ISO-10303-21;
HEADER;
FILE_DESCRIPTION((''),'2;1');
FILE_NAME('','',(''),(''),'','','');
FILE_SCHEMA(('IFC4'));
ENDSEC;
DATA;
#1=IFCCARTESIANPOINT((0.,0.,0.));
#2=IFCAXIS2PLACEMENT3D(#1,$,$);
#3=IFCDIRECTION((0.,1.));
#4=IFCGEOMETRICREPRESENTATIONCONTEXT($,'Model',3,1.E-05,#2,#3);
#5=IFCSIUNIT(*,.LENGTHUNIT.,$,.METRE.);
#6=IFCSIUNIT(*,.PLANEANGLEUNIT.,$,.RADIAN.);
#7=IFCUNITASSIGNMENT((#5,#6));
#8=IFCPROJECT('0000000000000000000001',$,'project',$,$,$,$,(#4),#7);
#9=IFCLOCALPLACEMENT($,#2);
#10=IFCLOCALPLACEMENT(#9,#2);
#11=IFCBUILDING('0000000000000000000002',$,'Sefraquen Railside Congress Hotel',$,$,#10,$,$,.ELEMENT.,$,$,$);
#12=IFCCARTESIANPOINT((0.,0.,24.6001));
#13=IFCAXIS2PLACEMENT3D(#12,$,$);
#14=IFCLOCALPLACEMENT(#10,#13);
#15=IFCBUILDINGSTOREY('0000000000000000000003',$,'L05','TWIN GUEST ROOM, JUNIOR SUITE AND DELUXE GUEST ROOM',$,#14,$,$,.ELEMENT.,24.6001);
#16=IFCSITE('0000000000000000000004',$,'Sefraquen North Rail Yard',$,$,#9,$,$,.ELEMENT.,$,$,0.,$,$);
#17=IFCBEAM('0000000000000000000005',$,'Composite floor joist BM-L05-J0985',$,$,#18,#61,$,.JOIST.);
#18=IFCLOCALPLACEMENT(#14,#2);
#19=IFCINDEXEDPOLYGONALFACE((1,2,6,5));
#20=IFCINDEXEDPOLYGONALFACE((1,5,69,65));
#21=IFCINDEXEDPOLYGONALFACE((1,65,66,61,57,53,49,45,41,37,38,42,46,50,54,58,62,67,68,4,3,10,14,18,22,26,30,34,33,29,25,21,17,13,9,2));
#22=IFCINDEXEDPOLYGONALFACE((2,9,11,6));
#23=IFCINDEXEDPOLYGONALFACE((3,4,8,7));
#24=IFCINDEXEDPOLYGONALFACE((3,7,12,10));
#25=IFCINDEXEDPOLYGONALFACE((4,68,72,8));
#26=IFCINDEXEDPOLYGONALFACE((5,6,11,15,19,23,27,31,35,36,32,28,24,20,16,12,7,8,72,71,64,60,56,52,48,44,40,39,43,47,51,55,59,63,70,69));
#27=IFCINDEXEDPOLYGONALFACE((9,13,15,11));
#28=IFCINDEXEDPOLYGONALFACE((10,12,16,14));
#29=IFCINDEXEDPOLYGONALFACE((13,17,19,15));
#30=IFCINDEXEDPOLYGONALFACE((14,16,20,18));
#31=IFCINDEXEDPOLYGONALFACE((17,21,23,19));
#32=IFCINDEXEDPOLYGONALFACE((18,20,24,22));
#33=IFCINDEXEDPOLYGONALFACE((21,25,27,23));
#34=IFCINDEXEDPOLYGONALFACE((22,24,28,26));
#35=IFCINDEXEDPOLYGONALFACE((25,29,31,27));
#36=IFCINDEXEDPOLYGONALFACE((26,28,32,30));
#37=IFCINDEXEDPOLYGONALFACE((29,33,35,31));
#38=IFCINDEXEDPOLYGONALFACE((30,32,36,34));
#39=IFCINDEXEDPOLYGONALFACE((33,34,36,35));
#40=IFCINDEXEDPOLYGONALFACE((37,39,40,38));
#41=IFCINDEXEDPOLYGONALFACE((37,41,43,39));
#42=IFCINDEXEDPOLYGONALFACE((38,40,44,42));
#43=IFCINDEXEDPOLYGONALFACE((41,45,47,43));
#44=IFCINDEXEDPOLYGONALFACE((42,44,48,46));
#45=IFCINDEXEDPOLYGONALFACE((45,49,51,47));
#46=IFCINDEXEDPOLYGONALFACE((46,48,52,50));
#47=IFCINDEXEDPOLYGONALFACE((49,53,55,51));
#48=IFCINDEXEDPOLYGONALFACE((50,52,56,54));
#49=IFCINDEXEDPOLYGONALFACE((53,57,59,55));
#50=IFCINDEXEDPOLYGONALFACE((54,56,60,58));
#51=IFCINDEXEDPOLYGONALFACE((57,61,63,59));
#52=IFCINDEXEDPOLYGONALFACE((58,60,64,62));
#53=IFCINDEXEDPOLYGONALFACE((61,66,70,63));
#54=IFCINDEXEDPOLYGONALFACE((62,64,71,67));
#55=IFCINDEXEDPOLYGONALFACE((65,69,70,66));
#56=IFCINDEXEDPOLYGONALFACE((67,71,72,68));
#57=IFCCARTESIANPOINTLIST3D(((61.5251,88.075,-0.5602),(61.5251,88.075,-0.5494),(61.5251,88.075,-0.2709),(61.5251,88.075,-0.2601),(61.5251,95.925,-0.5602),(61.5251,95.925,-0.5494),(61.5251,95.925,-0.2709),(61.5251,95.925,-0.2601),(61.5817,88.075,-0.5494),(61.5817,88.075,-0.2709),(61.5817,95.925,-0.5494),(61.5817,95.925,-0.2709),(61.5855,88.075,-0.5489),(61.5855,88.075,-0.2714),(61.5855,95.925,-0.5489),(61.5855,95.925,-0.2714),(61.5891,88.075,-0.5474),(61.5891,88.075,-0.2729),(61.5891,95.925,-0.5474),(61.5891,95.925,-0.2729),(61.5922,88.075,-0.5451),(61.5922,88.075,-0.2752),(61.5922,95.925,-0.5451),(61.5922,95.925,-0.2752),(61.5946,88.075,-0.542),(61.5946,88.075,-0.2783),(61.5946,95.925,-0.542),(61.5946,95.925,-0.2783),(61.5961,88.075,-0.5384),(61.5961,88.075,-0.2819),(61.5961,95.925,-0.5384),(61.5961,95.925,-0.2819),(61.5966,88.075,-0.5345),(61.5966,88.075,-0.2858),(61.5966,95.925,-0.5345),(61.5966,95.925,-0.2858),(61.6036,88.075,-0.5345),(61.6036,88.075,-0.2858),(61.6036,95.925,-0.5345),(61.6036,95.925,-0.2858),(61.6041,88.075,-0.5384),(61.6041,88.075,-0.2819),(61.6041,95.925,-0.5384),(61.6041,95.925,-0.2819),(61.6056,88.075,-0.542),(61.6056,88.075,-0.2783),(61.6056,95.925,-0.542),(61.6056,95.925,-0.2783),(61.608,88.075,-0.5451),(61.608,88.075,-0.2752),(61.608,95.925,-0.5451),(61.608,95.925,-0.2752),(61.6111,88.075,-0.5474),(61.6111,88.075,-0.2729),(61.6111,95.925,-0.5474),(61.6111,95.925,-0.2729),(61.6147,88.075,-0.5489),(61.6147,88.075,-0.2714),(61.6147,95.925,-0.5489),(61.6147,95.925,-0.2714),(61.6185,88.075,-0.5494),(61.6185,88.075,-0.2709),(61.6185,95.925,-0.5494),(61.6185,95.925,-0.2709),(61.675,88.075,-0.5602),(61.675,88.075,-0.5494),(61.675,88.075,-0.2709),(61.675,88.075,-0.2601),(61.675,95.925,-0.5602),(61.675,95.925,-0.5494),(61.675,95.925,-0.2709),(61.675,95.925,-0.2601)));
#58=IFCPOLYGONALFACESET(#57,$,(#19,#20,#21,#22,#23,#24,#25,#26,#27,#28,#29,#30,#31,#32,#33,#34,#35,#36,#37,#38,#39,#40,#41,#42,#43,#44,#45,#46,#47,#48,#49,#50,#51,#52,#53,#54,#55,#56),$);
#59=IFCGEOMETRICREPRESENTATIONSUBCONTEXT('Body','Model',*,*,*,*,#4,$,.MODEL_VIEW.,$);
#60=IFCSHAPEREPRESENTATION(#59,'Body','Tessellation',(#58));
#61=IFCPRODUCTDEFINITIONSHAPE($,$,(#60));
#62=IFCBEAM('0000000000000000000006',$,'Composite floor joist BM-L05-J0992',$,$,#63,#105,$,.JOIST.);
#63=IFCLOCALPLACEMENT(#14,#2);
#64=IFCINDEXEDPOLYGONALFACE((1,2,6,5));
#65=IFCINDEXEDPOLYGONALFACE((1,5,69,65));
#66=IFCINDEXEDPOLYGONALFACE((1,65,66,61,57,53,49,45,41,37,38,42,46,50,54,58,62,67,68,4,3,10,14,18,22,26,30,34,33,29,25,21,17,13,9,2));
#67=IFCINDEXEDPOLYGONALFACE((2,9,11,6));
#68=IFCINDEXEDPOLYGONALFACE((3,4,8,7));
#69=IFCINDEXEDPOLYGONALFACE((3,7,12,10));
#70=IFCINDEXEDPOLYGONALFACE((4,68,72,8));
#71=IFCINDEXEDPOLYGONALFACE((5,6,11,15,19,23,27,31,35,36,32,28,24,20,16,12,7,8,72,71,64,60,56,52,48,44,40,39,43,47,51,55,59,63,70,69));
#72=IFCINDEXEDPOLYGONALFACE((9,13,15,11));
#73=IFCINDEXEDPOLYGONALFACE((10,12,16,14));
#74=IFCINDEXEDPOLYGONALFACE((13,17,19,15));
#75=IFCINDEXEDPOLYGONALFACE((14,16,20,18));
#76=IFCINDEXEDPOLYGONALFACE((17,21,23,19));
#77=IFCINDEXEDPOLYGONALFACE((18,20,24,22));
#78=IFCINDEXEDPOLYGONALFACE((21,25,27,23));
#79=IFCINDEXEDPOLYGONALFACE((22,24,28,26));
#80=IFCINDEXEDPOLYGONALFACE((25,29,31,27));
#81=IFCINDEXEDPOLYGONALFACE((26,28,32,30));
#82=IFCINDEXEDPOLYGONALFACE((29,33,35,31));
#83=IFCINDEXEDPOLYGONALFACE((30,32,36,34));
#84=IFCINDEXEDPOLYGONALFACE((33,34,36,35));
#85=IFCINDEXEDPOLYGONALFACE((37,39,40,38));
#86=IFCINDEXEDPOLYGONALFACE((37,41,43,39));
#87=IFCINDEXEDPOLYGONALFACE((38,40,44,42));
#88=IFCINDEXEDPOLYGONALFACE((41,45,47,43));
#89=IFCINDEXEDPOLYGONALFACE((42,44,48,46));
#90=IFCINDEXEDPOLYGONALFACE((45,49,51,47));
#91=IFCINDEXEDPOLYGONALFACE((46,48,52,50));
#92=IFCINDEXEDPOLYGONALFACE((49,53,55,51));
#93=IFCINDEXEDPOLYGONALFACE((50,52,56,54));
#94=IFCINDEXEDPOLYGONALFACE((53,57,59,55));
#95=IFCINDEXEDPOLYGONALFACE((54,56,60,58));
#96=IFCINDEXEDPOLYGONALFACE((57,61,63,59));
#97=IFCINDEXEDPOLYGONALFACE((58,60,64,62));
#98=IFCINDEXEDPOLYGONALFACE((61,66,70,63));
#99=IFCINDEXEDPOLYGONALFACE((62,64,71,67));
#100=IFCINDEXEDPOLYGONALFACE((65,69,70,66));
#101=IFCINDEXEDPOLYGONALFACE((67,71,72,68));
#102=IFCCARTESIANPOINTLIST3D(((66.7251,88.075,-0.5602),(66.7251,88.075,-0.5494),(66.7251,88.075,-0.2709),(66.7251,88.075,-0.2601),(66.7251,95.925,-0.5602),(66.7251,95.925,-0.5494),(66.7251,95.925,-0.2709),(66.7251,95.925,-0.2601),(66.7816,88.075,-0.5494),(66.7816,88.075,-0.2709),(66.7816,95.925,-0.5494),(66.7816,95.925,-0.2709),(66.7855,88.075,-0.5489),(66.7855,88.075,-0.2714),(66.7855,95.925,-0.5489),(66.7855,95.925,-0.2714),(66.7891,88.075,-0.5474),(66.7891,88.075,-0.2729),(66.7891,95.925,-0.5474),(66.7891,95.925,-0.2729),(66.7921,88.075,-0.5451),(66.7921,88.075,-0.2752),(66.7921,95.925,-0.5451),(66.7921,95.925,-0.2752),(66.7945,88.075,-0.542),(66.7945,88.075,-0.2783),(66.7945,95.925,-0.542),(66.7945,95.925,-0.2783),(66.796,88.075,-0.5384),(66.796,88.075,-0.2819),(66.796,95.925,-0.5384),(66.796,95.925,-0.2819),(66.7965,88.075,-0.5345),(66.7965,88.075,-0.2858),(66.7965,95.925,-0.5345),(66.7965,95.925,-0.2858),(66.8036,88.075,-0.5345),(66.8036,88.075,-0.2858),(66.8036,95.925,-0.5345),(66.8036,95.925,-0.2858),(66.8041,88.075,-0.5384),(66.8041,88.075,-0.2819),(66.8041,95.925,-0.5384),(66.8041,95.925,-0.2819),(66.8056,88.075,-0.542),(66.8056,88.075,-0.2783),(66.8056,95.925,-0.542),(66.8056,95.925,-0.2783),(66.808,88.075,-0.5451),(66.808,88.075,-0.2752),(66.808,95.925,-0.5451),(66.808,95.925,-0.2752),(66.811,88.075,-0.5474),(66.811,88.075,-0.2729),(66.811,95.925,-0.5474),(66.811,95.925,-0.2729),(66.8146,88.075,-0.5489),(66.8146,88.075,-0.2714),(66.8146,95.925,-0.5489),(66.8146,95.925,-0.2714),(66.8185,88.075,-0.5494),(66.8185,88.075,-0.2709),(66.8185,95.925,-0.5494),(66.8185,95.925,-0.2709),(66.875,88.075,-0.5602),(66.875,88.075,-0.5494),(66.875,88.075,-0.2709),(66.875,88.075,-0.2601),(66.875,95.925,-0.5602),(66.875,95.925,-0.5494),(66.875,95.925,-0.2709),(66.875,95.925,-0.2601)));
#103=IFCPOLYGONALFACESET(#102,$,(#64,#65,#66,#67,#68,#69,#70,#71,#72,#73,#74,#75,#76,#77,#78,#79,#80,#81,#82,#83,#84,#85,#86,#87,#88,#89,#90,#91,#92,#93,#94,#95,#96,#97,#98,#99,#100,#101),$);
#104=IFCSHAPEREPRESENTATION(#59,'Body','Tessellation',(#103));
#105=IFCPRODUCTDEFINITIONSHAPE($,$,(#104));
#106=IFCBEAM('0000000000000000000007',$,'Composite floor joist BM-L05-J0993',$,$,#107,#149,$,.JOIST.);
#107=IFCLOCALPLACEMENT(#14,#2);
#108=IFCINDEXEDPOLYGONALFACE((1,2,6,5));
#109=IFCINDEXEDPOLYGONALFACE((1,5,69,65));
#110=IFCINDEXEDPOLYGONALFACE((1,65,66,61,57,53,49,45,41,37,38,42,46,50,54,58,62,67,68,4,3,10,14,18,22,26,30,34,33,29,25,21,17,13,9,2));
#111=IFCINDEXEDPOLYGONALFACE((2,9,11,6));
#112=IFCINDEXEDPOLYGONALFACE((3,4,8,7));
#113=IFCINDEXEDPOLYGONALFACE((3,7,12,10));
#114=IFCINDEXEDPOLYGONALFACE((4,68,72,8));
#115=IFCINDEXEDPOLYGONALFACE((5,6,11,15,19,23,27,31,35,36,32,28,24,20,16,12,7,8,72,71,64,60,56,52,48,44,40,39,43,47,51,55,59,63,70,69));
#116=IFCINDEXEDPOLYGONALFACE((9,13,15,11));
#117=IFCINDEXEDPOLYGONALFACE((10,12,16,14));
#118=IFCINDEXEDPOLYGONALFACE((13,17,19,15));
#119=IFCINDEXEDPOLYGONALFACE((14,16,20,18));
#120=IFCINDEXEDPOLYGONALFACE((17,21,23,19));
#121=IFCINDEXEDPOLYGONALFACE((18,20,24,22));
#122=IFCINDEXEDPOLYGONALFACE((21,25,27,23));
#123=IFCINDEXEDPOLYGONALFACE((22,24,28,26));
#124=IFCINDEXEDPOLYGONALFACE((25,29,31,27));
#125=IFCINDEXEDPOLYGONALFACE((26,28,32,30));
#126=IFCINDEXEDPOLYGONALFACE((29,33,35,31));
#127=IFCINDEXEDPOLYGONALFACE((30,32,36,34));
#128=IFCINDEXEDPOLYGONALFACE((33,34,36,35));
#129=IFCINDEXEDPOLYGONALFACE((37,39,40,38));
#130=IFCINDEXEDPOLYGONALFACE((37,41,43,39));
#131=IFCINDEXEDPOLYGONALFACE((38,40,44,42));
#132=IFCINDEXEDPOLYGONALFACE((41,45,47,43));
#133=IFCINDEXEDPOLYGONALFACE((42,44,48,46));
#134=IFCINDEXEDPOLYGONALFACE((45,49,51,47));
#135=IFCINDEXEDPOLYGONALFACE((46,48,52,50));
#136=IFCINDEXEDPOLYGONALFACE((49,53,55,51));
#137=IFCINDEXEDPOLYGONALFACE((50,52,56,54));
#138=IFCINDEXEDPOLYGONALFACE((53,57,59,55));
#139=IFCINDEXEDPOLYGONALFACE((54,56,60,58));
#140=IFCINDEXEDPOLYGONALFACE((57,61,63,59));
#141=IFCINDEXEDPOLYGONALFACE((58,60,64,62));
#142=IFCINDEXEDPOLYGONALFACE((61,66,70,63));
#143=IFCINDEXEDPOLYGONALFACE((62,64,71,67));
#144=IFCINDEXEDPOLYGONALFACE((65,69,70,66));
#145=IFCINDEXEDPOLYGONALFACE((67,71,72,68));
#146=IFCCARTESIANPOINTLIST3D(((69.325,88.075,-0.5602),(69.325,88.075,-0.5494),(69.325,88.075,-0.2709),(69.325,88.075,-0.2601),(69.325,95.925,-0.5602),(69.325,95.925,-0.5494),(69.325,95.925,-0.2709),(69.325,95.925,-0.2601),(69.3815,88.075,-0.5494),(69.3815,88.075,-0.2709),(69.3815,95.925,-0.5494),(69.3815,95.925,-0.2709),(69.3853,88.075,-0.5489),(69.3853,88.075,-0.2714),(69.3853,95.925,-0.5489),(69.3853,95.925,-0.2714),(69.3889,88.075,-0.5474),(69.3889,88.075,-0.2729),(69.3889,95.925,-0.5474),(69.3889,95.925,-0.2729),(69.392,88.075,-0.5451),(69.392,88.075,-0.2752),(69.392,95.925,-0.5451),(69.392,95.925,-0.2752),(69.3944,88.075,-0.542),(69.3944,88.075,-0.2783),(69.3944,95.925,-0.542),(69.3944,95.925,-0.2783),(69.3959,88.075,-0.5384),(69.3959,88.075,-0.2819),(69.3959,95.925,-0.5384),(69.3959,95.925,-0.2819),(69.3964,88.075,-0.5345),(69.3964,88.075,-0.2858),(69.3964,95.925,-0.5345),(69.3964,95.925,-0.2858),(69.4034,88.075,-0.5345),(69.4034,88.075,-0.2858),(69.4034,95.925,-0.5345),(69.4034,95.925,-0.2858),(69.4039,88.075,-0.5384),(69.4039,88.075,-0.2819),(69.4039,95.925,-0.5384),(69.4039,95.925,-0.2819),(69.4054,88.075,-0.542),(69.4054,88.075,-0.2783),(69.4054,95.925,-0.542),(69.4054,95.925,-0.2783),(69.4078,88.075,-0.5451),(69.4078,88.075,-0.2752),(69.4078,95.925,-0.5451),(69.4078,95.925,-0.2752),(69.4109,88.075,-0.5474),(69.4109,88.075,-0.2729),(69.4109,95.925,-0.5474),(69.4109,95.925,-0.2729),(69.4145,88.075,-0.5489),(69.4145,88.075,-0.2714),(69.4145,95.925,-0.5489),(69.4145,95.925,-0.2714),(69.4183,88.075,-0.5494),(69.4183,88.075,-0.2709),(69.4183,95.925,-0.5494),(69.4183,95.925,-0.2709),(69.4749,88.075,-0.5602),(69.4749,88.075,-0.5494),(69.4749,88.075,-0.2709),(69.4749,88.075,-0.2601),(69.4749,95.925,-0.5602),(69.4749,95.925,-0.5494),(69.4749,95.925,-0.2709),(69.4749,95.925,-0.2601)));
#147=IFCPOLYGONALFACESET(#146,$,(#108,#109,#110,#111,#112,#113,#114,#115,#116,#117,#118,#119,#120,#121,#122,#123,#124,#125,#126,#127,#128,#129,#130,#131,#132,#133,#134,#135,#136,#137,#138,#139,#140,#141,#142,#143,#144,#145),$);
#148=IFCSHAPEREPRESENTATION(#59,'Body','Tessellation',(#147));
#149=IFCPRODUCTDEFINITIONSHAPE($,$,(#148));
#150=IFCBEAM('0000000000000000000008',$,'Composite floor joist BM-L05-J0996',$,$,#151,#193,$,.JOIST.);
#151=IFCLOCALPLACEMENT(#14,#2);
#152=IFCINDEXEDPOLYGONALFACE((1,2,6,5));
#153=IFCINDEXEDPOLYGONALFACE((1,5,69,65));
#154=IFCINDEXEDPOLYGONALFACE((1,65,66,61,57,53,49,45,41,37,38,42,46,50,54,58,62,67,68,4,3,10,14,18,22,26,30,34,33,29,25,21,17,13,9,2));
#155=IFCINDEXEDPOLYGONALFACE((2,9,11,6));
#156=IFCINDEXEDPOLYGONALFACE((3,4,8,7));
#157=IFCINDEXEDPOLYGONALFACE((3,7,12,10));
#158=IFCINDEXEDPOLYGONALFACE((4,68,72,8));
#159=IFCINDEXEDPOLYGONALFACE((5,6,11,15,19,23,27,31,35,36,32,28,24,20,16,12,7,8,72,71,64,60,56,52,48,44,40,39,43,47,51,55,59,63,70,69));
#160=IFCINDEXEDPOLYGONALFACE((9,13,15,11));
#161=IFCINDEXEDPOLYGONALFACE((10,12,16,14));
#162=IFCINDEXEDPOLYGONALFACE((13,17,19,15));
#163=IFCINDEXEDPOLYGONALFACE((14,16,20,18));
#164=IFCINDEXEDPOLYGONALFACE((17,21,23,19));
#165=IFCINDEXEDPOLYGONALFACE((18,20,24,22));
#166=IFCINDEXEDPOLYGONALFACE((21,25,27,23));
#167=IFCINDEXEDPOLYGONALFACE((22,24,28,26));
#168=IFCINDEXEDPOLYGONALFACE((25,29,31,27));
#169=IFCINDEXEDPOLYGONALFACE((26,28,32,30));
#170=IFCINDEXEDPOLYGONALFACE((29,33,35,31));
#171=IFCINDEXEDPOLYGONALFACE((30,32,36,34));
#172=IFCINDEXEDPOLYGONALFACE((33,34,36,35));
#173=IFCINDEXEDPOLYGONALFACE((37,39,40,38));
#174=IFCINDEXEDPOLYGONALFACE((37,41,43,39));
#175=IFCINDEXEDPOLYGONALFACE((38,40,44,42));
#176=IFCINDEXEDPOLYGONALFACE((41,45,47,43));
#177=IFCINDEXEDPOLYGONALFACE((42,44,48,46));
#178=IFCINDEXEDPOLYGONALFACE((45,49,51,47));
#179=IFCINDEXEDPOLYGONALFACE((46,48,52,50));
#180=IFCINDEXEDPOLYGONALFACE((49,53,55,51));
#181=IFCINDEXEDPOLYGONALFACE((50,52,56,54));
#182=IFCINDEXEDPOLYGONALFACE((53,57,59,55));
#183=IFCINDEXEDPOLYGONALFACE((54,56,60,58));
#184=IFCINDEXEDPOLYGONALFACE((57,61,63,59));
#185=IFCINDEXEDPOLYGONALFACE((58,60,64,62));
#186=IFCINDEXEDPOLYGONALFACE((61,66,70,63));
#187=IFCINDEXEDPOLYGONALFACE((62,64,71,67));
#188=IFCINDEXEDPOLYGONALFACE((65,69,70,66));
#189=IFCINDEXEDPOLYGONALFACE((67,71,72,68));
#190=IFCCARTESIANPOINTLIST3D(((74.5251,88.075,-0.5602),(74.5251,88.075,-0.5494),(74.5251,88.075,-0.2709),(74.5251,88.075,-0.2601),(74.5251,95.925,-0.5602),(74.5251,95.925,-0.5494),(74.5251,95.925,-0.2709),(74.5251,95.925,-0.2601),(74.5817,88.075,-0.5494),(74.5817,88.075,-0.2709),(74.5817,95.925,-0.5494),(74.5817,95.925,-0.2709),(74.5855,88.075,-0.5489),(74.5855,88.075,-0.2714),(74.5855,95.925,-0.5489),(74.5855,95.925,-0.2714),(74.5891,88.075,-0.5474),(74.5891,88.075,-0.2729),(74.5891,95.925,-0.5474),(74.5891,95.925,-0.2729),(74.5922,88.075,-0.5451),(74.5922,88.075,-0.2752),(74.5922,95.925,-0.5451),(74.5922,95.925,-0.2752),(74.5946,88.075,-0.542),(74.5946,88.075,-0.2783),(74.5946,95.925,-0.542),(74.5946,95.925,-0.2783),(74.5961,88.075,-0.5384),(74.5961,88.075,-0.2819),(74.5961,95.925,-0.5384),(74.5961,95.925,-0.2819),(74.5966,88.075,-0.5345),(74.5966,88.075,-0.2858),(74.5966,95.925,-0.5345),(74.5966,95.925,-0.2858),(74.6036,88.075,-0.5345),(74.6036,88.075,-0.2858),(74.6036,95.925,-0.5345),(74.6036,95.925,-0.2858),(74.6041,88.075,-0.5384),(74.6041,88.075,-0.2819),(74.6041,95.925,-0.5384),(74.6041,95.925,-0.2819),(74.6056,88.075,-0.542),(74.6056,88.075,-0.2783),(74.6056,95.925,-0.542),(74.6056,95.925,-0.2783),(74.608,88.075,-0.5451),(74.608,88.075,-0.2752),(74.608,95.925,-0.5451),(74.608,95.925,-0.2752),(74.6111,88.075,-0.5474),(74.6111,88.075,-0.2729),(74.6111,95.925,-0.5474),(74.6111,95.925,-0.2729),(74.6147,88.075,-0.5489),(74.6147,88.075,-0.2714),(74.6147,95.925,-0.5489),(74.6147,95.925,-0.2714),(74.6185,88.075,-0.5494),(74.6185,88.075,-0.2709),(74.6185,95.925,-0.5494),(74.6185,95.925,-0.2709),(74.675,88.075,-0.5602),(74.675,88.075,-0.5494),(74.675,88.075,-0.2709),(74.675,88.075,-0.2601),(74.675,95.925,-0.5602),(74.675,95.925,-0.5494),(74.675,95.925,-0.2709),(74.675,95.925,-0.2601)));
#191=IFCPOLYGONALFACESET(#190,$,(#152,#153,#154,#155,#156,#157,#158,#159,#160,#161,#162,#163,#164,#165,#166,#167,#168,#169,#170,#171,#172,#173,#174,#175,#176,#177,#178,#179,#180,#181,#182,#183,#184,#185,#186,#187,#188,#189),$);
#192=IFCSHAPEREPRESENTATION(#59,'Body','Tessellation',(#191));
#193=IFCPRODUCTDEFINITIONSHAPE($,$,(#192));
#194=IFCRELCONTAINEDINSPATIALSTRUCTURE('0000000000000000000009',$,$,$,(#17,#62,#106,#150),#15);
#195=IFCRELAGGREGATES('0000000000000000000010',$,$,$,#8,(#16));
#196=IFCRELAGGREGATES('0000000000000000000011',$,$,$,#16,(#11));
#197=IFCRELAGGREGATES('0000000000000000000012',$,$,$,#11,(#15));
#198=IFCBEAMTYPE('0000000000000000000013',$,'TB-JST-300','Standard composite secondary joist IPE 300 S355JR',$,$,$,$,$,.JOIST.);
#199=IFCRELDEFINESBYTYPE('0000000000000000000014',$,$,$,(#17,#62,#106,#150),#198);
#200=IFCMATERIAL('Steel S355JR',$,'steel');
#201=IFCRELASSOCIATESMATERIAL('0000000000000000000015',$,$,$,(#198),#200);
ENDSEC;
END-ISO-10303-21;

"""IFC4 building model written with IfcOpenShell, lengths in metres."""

from ifc_helpers import new_model, si_unit, direction, frame, origin, origin_2d, place, context, subcontext, project, spatial, i_section, extrude, material, material_profile, profile_set, type_object, element, save


model = new_model("IFC4")

# Units and contexts
model_context = context("Model", 3, precision=1e-05, world=origin(), true_north=direction((0.0, 1.0)))
body_context = subcontext(model_context, "Body", "Model", "MODEL_VIEW")
ifc_project = project(units=[si_unit("LENGTHUNIT", "METRE"), si_unit("PLANEANGLEUNIT", "RADIAN")], contexts=[model_context])

# Site, building, storey
site_placement = place(None, origin())
site = spatial("IfcSite", under=ifc_project, at=site_placement, Name="Sefraquen North Rail Yard", CompositionType="ELEMENT", RefElevation=0.0)
building_placement = place(site_placement, origin())
building = spatial("IfcBuilding", under=site, at=building_placement, Name="Sefraquen Railside Congress Hotel", CompositionType="ELEMENT")
storey_placement = place(building_placement, frame((0.0, 0.0, 24.6001)))
storey = spatial("IfcBuildingStorey", under=building, at=storey_placement, Name="L05", Description="TWIN GUEST ROOM, JUNIOR SUITE AND DELUXE GUEST ROOM", CompositionType="ELEMENT", Elevation=24.6001)

# Shared definitions
ifc_material_1 = material(Name="Steel S355JR", Category="steel")

# Beams
ifc_material_profile_1 = material_profile(ifc_material_1, i_section(OverallWidth=0.1499, OverallDepth=0.3, WebThickness=0.0071, FlangeThickness=0.0107, FilletRadius=0.0149, at=origin_2d()), Name="IPE 300")
ifc_profile_set_1 = profile_set([ifc_material_profile_1], Name="Steel S355JR")
beam_type_1 = type_object("IfcBeamType", Name="TB-JST-300", Description="Standard composite secondary joist IPE 300 S355JR", PredefinedType="JOIST", material=ifc_profile_set_1)
for number, where, z_axis, x_axis, name in (
    (1, (61.6001, 88.075, -0.4102), (0.0, 1.0, 0.0), (-1.0, 0.0, 0.0), "Composite floor joist BM-L05-J0985"),
    (2, (66.8, 88.075, -0.4102), (0.0, 1.0, 0.0), (-1.0, 0.0, 0.0), "Composite floor joist BM-L05-J0992"),
    (3, (69.3999, 88.075, -0.4102), (0.0, 1.0, 0.0), (-1.0, 0.0, 0.0), "Composite floor joist BM-L05-J0993"),
    (4, (74.6001, 88.075, -0.4102), (0.0, 1.0, 0.0), (-1.0, 0.0, 0.0), "Composite floor joist BM-L05-J0996"),
):
    element("IfcBeam", number, at=place(storey_placement, frame(where, z_axis=z_axis, x_axis=x_axis)), inside=storey, type_object=beam_type_1, Name=name, PredefinedType="JOIST", context=body_context, shape_type="SweptSolid", body=[
        extrude(i_section(OverallWidth=0.1499, OverallDepth=0.3, WebThickness=0.0071, FlangeThickness=0.0107, FilletRadius=0.0149, at=origin_2d()), origin(), (0.0, 0.0, 1.0), 7.8501),
    ])

save(model, "model.ifc")
